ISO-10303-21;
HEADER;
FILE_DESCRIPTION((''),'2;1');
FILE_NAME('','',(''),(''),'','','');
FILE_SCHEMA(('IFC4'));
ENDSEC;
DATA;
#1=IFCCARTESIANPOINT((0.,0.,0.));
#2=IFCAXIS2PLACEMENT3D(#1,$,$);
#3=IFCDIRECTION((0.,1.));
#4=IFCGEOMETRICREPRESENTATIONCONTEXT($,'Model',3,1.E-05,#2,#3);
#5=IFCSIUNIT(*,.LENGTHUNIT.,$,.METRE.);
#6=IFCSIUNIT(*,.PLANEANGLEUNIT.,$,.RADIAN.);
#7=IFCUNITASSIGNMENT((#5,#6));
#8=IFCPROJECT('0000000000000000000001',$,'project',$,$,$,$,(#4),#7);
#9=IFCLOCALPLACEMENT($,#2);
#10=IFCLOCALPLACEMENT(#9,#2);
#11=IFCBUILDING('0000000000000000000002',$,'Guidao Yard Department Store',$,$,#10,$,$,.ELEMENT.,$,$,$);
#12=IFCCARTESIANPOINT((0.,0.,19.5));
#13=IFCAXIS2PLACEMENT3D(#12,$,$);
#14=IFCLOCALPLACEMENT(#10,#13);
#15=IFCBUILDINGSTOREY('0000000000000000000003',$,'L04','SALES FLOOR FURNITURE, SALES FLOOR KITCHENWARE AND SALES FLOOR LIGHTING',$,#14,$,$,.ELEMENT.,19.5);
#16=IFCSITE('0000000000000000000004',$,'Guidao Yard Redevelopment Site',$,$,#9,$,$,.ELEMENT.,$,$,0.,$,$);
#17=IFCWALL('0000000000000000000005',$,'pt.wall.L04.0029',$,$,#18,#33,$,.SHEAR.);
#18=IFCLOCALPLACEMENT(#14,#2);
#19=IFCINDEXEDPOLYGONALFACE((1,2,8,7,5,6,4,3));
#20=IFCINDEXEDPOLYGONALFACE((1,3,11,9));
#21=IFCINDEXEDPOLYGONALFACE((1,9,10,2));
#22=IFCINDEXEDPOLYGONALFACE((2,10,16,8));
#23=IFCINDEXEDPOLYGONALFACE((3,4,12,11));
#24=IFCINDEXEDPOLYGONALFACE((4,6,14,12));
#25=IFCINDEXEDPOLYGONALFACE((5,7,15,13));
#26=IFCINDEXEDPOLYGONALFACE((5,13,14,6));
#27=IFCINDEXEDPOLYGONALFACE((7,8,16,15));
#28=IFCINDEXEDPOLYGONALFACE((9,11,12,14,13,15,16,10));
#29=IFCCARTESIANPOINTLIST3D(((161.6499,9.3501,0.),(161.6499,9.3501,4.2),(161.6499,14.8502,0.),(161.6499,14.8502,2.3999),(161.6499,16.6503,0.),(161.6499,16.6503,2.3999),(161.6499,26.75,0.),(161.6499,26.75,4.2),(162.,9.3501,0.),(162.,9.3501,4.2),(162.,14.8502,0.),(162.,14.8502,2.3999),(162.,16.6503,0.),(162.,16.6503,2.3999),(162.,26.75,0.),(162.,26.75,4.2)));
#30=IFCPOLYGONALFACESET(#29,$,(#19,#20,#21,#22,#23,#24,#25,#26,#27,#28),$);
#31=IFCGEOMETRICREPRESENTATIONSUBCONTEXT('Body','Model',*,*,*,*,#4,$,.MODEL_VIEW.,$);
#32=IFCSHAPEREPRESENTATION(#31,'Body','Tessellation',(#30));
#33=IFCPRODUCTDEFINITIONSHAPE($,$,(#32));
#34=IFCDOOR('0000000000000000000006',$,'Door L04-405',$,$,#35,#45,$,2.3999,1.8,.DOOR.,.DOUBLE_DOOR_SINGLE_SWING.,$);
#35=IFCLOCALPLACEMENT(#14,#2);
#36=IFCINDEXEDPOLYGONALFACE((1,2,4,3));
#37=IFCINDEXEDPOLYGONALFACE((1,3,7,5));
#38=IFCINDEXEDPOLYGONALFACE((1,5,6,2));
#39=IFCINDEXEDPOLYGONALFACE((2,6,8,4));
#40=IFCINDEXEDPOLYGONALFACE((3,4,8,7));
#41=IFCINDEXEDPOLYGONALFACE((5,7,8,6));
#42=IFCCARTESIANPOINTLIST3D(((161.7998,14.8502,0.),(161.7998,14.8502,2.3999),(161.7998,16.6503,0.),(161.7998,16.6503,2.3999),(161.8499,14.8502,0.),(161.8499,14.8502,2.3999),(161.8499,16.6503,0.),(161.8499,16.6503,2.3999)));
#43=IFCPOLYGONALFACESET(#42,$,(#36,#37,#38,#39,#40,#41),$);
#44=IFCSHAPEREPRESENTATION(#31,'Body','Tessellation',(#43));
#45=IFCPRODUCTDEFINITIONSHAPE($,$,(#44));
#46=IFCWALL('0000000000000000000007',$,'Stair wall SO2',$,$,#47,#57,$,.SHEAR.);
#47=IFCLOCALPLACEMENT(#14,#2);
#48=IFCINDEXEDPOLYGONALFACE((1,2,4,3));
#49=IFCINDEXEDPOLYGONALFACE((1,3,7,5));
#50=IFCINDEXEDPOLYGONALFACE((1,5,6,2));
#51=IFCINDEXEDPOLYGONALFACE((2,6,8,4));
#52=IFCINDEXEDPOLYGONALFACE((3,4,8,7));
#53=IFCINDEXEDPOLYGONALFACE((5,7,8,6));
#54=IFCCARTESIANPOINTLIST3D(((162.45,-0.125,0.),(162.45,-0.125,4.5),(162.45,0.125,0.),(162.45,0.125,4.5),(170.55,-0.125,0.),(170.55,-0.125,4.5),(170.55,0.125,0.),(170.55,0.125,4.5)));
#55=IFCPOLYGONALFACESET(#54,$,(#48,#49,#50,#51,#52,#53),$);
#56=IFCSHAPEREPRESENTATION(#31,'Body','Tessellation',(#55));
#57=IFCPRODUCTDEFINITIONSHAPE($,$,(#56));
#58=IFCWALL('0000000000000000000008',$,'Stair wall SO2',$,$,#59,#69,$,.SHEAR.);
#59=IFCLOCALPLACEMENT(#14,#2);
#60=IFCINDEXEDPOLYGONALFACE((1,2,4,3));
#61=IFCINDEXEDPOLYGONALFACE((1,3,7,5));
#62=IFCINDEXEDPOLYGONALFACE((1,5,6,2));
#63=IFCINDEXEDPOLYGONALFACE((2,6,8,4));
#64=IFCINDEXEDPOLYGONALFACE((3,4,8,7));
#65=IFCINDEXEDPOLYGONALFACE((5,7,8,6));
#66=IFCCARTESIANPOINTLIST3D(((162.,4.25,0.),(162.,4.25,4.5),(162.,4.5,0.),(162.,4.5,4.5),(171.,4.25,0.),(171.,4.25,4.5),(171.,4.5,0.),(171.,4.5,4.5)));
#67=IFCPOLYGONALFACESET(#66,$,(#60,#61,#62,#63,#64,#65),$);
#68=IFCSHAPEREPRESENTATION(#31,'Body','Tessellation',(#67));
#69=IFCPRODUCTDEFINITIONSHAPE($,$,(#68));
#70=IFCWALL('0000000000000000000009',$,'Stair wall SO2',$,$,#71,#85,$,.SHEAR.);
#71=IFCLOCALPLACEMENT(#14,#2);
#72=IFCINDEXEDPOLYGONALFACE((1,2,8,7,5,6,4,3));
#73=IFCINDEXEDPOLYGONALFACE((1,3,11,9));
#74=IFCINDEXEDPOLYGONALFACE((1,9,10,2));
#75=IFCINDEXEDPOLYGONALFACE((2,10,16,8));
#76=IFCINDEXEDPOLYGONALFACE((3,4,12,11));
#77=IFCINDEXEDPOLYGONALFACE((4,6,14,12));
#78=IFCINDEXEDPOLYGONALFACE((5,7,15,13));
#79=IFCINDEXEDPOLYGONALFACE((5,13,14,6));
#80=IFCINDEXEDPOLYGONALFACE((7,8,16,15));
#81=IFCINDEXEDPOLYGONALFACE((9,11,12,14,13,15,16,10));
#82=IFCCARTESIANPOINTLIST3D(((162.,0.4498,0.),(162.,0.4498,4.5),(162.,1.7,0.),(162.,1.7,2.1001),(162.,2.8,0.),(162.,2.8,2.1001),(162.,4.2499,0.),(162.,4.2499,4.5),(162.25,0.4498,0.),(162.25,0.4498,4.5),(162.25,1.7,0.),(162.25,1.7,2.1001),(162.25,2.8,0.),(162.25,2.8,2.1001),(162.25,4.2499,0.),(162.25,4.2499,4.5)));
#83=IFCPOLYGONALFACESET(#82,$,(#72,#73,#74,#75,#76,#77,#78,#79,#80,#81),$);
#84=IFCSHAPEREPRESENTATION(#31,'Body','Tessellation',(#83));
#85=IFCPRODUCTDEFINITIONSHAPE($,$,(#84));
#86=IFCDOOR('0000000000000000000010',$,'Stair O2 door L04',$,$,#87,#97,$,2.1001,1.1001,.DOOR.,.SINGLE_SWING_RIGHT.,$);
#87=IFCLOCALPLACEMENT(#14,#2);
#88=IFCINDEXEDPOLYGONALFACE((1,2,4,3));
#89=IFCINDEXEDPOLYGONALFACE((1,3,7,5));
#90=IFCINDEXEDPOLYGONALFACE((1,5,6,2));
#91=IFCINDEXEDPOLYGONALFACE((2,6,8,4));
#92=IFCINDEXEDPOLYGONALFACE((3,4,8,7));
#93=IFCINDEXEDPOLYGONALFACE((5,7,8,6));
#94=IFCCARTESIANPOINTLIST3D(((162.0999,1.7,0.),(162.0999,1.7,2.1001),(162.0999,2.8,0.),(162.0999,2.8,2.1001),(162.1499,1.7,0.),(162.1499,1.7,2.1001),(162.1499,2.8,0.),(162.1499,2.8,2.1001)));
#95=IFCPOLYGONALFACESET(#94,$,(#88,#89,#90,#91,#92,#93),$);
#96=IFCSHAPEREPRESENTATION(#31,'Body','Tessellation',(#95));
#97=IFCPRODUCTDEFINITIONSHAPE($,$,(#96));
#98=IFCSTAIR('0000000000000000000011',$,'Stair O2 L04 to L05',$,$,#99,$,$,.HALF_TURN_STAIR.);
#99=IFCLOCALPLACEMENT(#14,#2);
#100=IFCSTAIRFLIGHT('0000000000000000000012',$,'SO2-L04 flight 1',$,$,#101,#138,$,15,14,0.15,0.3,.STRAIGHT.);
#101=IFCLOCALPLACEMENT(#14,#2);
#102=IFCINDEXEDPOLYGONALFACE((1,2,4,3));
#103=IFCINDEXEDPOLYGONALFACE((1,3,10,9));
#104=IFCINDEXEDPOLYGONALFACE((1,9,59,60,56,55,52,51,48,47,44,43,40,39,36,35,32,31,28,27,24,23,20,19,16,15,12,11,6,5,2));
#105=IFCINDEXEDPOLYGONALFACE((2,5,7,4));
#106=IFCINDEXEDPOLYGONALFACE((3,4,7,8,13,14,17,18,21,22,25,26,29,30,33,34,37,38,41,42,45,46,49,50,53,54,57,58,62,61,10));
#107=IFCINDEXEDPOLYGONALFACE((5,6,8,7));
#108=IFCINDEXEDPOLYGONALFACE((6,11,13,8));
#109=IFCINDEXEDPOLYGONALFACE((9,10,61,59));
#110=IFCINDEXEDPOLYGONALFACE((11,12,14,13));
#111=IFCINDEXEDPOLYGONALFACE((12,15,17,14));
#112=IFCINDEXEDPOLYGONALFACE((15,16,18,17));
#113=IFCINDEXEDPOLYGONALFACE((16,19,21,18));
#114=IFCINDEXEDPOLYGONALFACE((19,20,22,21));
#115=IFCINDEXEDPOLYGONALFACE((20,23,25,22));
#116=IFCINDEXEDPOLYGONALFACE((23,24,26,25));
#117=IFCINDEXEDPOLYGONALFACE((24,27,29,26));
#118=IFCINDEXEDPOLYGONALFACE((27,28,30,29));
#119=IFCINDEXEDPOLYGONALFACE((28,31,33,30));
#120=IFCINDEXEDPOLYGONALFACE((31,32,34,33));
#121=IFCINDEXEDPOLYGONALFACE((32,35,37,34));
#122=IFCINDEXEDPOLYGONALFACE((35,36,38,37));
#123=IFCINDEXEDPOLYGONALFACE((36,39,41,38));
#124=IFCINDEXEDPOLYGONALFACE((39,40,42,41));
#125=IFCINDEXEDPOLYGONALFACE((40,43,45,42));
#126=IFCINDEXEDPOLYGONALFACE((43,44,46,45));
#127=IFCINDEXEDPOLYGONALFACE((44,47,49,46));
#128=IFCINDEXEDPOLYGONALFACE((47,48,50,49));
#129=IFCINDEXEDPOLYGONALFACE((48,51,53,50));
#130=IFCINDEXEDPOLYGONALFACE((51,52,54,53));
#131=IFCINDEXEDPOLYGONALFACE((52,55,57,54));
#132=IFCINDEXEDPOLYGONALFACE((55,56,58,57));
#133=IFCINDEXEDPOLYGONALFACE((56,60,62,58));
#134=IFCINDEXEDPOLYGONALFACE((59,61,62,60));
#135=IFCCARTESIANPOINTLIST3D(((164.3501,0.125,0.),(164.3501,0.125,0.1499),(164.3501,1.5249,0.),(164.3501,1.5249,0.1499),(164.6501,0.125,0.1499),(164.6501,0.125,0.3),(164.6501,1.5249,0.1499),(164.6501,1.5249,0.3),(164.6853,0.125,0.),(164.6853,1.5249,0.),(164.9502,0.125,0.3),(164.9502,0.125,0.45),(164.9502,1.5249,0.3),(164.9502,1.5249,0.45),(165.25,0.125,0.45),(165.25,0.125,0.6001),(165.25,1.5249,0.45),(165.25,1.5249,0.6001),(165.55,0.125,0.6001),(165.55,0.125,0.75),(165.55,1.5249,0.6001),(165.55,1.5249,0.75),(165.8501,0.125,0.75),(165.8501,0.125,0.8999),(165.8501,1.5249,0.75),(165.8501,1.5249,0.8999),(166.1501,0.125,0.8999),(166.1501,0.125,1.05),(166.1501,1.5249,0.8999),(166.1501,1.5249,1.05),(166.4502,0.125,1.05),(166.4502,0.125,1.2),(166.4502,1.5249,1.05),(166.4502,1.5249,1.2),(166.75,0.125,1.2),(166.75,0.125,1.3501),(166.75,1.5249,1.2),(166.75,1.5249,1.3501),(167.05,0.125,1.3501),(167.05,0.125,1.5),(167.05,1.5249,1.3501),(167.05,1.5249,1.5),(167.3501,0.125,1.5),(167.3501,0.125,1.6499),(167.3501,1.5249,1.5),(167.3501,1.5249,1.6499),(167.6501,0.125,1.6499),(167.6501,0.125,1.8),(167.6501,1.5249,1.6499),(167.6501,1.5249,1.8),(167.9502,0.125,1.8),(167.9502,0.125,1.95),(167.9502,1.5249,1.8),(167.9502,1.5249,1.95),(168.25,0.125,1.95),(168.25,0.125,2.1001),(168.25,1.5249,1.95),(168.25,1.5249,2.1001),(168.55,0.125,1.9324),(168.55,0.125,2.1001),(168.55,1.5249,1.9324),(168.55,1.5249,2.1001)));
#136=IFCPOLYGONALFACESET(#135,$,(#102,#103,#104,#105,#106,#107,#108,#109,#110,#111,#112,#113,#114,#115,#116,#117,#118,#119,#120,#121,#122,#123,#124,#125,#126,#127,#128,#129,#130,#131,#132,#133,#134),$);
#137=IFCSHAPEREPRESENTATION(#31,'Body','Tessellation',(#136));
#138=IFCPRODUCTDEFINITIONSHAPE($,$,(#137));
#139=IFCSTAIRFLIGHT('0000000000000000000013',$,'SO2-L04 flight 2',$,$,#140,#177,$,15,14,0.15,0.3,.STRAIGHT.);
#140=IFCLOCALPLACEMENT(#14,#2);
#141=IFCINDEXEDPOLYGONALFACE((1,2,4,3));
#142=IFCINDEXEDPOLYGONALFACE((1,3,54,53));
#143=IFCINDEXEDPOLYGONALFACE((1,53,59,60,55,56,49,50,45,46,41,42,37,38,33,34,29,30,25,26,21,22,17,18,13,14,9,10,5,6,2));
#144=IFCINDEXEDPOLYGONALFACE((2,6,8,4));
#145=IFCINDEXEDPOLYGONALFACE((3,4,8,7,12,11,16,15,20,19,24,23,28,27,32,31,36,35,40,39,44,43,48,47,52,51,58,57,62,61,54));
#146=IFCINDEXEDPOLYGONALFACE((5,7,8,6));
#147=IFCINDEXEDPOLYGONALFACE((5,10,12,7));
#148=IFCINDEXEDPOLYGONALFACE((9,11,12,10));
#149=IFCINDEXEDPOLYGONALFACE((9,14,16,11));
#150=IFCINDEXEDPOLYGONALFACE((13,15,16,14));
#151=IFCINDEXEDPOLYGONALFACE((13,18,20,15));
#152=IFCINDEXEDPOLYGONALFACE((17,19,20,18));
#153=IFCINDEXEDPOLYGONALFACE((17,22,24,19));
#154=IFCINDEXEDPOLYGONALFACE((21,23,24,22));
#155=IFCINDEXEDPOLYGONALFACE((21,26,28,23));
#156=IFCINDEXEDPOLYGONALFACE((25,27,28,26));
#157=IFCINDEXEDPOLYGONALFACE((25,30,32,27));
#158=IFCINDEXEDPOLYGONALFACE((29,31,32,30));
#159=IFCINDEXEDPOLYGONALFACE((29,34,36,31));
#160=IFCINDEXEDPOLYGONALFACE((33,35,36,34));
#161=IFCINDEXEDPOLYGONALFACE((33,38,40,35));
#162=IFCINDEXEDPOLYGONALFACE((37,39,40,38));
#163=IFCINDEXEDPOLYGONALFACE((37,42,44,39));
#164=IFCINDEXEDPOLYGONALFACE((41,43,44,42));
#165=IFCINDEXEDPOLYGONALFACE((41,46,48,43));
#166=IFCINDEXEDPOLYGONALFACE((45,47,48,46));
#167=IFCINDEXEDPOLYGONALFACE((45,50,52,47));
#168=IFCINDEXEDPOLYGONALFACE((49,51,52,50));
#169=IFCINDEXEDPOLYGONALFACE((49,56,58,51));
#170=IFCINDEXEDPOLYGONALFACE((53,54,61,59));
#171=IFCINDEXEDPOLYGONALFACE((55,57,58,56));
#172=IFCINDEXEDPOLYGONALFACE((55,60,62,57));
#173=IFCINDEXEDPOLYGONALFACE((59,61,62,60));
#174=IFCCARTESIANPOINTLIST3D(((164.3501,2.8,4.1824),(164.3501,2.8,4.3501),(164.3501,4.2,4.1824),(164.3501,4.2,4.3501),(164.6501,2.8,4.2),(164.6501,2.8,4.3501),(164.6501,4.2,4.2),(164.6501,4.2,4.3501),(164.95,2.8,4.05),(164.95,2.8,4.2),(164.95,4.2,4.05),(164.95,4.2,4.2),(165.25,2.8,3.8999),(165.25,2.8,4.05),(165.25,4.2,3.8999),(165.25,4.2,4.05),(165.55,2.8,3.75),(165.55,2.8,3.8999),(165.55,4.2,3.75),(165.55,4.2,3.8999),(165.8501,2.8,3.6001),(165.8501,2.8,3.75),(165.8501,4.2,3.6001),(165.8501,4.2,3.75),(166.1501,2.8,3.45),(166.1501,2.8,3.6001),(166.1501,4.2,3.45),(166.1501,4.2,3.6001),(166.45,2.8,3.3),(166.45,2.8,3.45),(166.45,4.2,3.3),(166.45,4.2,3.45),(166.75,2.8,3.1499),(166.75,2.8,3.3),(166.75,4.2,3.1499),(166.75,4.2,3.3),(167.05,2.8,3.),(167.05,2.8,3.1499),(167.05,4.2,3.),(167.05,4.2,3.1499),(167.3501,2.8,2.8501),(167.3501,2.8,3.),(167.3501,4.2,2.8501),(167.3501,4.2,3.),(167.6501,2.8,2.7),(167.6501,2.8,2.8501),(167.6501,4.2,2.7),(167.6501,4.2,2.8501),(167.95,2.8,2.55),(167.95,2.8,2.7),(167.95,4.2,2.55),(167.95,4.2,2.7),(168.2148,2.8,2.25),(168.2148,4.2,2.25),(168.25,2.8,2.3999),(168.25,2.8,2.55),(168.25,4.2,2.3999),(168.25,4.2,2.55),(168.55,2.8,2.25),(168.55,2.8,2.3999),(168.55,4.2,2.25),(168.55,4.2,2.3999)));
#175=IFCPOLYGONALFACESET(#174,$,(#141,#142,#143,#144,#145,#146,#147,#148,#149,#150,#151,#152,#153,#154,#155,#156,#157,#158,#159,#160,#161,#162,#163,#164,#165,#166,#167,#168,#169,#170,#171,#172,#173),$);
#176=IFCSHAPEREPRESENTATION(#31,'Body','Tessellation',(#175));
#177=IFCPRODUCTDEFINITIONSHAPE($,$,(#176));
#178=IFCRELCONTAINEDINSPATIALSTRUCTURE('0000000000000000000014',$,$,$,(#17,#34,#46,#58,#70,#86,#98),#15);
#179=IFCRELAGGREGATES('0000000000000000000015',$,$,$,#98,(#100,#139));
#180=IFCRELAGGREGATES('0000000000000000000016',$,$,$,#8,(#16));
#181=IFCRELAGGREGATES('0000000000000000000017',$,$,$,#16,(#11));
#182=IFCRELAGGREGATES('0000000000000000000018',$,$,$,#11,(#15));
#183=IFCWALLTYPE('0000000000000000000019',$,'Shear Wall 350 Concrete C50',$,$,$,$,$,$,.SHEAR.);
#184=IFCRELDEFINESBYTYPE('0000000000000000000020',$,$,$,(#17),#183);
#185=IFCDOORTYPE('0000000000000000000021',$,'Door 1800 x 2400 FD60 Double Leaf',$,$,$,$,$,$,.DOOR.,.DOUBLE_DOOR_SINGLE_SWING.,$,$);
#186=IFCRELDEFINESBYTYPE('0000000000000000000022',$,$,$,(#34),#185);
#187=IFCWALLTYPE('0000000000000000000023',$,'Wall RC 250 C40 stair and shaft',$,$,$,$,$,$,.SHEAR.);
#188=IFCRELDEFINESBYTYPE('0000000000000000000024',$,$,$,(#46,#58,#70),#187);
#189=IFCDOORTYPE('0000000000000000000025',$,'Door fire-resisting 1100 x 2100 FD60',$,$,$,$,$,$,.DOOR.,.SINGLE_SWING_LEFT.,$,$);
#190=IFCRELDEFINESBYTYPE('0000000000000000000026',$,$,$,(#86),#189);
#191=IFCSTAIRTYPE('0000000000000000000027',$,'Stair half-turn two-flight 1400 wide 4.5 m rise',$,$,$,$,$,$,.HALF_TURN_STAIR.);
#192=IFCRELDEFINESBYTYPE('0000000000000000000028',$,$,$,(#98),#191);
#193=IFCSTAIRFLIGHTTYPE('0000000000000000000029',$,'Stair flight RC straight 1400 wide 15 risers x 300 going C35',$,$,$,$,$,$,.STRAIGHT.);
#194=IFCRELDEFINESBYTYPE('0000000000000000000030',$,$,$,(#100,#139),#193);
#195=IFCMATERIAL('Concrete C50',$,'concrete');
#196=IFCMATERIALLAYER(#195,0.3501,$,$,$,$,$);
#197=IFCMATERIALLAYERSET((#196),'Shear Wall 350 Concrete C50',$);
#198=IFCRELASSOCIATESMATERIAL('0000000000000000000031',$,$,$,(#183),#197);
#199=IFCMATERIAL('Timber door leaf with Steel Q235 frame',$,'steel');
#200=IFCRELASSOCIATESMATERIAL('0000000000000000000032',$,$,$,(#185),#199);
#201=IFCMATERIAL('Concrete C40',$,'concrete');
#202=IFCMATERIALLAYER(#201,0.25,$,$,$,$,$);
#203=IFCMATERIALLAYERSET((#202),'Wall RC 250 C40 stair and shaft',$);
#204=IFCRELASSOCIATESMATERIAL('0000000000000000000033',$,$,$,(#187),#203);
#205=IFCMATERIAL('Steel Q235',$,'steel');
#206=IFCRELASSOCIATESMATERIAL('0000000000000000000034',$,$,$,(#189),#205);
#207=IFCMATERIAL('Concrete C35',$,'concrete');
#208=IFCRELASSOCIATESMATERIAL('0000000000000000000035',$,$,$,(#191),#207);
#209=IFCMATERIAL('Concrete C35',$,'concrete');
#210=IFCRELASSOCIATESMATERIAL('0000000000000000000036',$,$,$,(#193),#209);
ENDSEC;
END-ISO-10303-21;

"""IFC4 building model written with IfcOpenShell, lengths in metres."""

from ifc_helpers import new_model, si_unit, direction, frame, frame_2d, origin, place, context, subcontext, project, spatial, polyline, rectangle, outline, extrude, material, layer, layer_set, type_object, element, fill, aggregate, save


model = new_model("IFC4")

# Units and contexts
model_context = context("Model", 3, precision=1e-05, world=origin(), true_north=direction((0.0, 1.0)))
body_context = subcontext(model_context, "Body", "Model", "MODEL_VIEW")
ifc_project = project(units=[si_unit("LENGTHUNIT", "METRE"), si_unit("PLANEANGLEUNIT", "RADIAN")], contexts=[model_context])

# Site, building, storey
site_placement = place(None, origin())
site = spatial("IfcSite", under=ifc_project, at=site_placement, Name="Guidao Yard Redevelopment Site", CompositionType="ELEMENT", RefElevation=0.0)
building_placement = place(site_placement, origin())
building = spatial("IfcBuilding", under=site, at=building_placement, Name="Guidao Yard Department Store", CompositionType="ELEMENT")
storey_placement = place(building_placement, frame((0.0, 0.0, 19.5)))
storey = spatial("IfcBuildingStorey", under=building, at=storey_placement, Name="L04", Description="SALES FLOOR FURNITURE, SALES FLOOR KITCHENWARE AND SALES FLOOR LIGHTING", CompositionType="ELEMENT", Elevation=19.5)

# Wall, opening, door
ifc_material_1 = material(Name="Concrete C50", Category="concrete")
ifc_layer_1 = layer(ifc_material_1, 0.3501)
ifc_layer_set_1 = layer_set([ifc_layer_1], Name="Shear Wall 350 Concrete C50")
wall_type_1 = type_object("IfcWallType", Name="Shear Wall 350 Concrete C50", PredefinedType="SHEAR", material=ifc_layer_set_1)
wall_1_placement = place(storey_placement, frame((161.825, 9.3501, 0.0), z_axis=(0.0, 0.0, 1.0), x_axis=(0.0, 1.0, 0.0)))
wall_1 = element("IfcWall", 1, at=wall_1_placement, inside=storey, type_object=wall_type_1, Name="pt.wall.L04.0029", PredefinedType="SHEAR", context=body_context, shape_type="SweptSolid", body=[
    extrude(rectangle(XDim=17.3999, YDim=0.3501, at=frame_2d((8.7, 0.0))), origin(), (0.0, 0.0, 1.0), 4.2),
])
opening_1_placement = place(wall_1_placement, frame((7.3, 0.0, 0.0), z_axis=(0.0, 0.0, 1.0), x_axis=(-1.0, 0.0, 0.0)))
opening_1 = element("IfcOpeningElement", 2, at=opening_1_placement, cuts=wall_1, PredefinedType="OPENING", context=body_context, shape_type="SweptSolid", body=[
    extrude(rectangle(XDim=1.8, YDim=2.3999, at=frame_2d((0.8999, 1.2))), frame((0.0, 0.1851, 0.0), z_axis=(0.0, -1.0, 0.0), x_axis=(1.0, 0.0, 0.0)), (0.0, 0.0, 1.0), 0.3701),
])
ifc_material_2 = material(Name="Timber door leaf with Steel Q235 frame", Category="steel")
door_type_1 = type_object("IfcDoorType", Name="Door 1800 x 2400 FD60 Double Leaf", OperationType="DOUBLE_DOOR_SINGLE_SWING", PredefinedType="DOOR", material=ifc_material_2)
door_1_placement = place(opening_1_placement, origin())
door_1 = element("IfcDoor", 3, at=door_1_placement, inside=storey, type_object=door_type_1, Name="Door L04-405", OperationType="DOUBLE_DOOR_SINGLE_SWING", OverallHeight=2.3999, OverallWidth=1.8, PredefinedType="DOOR", context=body_context, shape_type="SweptSolid", body=[
    extrude(rectangle(XDim=1.8, YDim=2.3999, at=frame_2d((0.8999, 1.2))), frame((0.0, 0.0249, 0.0), z_axis=(0.0, -1.0, 0.0), x_axis=(1.0, 0.0, 0.0)), (0.0, 0.0, 1.0), 0.05),
])
fill(opening_1, door_1)

# Walls
ifc_material_3 = material(Name="Concrete C40", Category="concrete")
ifc_layer_2 = layer(ifc_material_3, 0.25)
ifc_layer_set_2 = layer_set([ifc_layer_2], Name="Wall RC 250 C40 stair and shaft")
wall_type_2 = type_object("IfcWallType", Name="Wall RC 250 C40 stair and shaft", PredefinedType="SHEAR", material=ifc_layer_set_2)
wall_2_placement = place(storey_placement, frame((162.45, 0.0, 0.0), z_axis=(0.0, 0.0, 1.0), x_axis=(1.0, 0.0, 0.0)))
element("IfcWall", 4, at=wall_2_placement, inside=storey, type_object=wall_type_2, Name="Stair wall SO2", PredefinedType="SHEAR", context=body_context, shape_type="SweptSolid", body=[
    extrude(rectangle(XDim=8.1001, YDim=0.25, at=frame_2d((4.05, 0.0))), origin(), (0.0, 0.0, 1.0), 4.5),
])
wall_3_placement = place(storey_placement, frame((162.0, 4.375, 0.0), z_axis=(0.0, 0.0, 1.0), x_axis=(1.0, 0.0, 0.0)))
element("IfcWall", 5, at=wall_3_placement, inside=storey, type_object=wall_type_2, Name="Stair wall SO2", PredefinedType="SHEAR", context=body_context, shape_type="SweptSolid", body=[
    extrude(rectangle(XDim=9.0, YDim=0.25, at=frame_2d((4.5, 0.0))), origin(), (0.0, 0.0, 1.0), 4.5),
])

# Wall, opening, door
wall_4_placement = place(storey_placement, frame((162.125, 0.45, 0.0), z_axis=(0.0, 0.0, 1.0), x_axis=(0.0, 1.0, 0.0)))
wall_4 = element("IfcWall", 6, at=wall_4_placement, inside=storey, type_object=wall_type_2, Name="Stair wall SO2", PredefinedType="SHEAR", context=body_context, shape_type="SweptSolid", body=[
    extrude(rectangle(XDim=3.8, YDim=0.25, at=frame_2d((1.8999, 0.0))), origin(), (0.0, 0.0, 1.0), 4.5),
])
opening_2_placement = place(wall_4_placement, frame((2.3501, 0.0, 0.0), z_axis=(0.0, 0.0, 1.0), x_axis=(-1.0, 0.0, 0.0)))
opening_2 = element("IfcOpeningElement", 7, at=opening_2_placement, cuts=wall_4, PredefinedType="OPENING", context=body_context, shape_type="SweptSolid", body=[
    extrude(rectangle(XDim=1.1001, YDim=2.1001, at=frame_2d((0.55, 1.05))), frame((0.0, 0.135, 0.0), z_axis=(0.0, -1.0, 0.0), x_axis=(1.0, 0.0, 0.0)), (0.0, 0.0, 1.0), 0.27),
])
ifc_material_4 = material(Name="Steel Q235", Category="steel")
door_type_2 = type_object("IfcDoorType", Name="Door fire-resisting 1100 x 2100 FD60", OperationType="SINGLE_SWING_LEFT", PredefinedType="DOOR", material=ifc_material_4)
door_2_placement = place(opening_2_placement, origin())
door_2 = element("IfcDoor", 8, at=door_2_placement, inside=storey, type_object=door_type_2, Name="Stair O2 door L04", OperationType="SINGLE_SWING_RIGHT", OverallHeight=2.1001, OverallWidth=1.1001, PredefinedType="DOOR", context=body_context, shape_type="SweptSolid", body=[
    extrude(rectangle(XDim=1.1001, YDim=2.1001, at=frame_2d((0.55, 1.05))), frame((0.0, 0.0249, 0.0), z_axis=(0.0, -1.0, 0.0), x_axis=(1.0, 0.0, 0.0)), (0.0, 0.0, 1.0), 0.05),
])
fill(opening_2, door_2)

# Stair, stair flights
ifc_material_5 = material(Name="Concrete C35", Category="concrete")
stair_type = type_object("IfcStairType", Name="Stair half-turn two-flight 1400 wide 4.5 m rise", PredefinedType="HALF_TURN_STAIR", material=ifc_material_5)
stair_placement = place(storey_placement, origin())
stair = element("IfcStair", 9, at=stair_placement, inside=storey, type_object=stair_type, Name="Stair O2 L04 to L05", PredefinedType="HALF_TURN_STAIR")
ifc_material_6 = material(Name="Concrete C35", Category="concrete")
stair_flight_type = type_object("IfcStairFlightType", Name="Stair flight RC straight 1400 wide 15 risers x 300 going C35", PredefinedType="STRAIGHT", material=ifc_material_6)
stair_flight_1_placement = place(storey_placement, frame((164.3501, 0.825, 0.0), z_axis=(0.0, 0.0, 1.0), x_axis=(1.0, 0.0, 0.0)))
stair_flight_1 = element("IfcStairFlight", 10, at=stair_flight_1_placement, type_object=stair_flight_type, Name="SO2-L04 flight 1", NumberOfRisers=15, NumberOfTreads=14, PredefinedType="STRAIGHT", RiserHeight=0.15, TreadLength=0.3, context=body_context, shape_type="SweptSolid", body=[
    extrude(outline(polyline([(0.0, 0.0), (0.0, 0.1499), (0.3, 0.1499), (0.3, 0.3), (0.6001, 0.3), (0.6001, 0.45), (0.8999, 0.45), (0.8999, 0.6001), (1.2, 0.6001), (1.2, 0.75), (1.5, 0.75), (1.5, 0.8999), (1.8, 0.8999), (1.8, 1.05), (2.1001, 1.05), (2.1001, 1.2), (2.3999, 1.2), (2.3999, 1.3501), (2.7, 1.3501), (2.7, 1.5), (3.0, 1.5), (3.0, 1.6499), (3.3, 1.6499), (3.3, 1.8), (3.6001, 1.8), (3.6001, 1.95), (3.8999, 1.95), (3.8999, 2.1001), (4.2, 2.1001), (4.2, 2.25), (4.2, 1.9324), (0.3352, 0.0), (0.0, 0.0)])), frame((0.0, 0.7, 0.0), z_axis=(0.0, -1.0, 0.0), x_axis=(1.0, 0.0, 0.0)), (0.0, 0.0, 1.0), 1.3999),
])
stair_flight_2_placement = place(storey_placement, frame((168.55, 3.5, 2.25), z_axis=(0.0, 0.0, 1.0), x_axis=(-1.0, 0.0, 0.0)))
stair_flight_2 = element("IfcStairFlight", 11, at=stair_flight_2_placement, type_object=stair_flight_type, Name="SO2-L04 flight 2", NumberOfRisers=15, NumberOfTreads=14, PredefinedType="STRAIGHT", RiserHeight=0.15, TreadLength=0.3, context=body_context, shape_type="SweptSolid", body=[
    extrude(outline(polyline([(0.0, 0.0), (0.0, 0.1499), (0.3, 0.1499), (0.3, 0.3), (0.6001, 0.3), (0.6001, 0.45), (0.8999, 0.45), (0.8999, 0.6001), (1.2, 0.6001), (1.2, 0.75), (1.5, 0.75), (1.5, 0.8999), (1.8, 0.8999), (1.8, 1.05), (2.1001, 1.05), (2.1001, 1.2), (2.3999, 1.2), (2.3999, 1.3501), (2.7, 1.3501), (2.7, 1.5), (3.0, 1.5), (3.0, 1.6499), (3.3, 1.6499), (3.3, 1.8), (3.6001, 1.8), (3.6001, 1.95), (3.8999, 1.95), (3.8999, 2.1001), (4.2, 2.1001), (4.2, 2.25), (4.2, 1.9324), (0.3352, 0.0), (0.0, 0.0)])), frame((0.0, 0.7, 0.0), z_axis=(0.0, -1.0, 0.0), x_axis=(1.0, 0.0, 0.0)), (0.0, 0.0, 1.0), 1.3999),
])
aggregate(stair, [stair_flight_1, stair_flight_2])

save(model, "model.ifc")
